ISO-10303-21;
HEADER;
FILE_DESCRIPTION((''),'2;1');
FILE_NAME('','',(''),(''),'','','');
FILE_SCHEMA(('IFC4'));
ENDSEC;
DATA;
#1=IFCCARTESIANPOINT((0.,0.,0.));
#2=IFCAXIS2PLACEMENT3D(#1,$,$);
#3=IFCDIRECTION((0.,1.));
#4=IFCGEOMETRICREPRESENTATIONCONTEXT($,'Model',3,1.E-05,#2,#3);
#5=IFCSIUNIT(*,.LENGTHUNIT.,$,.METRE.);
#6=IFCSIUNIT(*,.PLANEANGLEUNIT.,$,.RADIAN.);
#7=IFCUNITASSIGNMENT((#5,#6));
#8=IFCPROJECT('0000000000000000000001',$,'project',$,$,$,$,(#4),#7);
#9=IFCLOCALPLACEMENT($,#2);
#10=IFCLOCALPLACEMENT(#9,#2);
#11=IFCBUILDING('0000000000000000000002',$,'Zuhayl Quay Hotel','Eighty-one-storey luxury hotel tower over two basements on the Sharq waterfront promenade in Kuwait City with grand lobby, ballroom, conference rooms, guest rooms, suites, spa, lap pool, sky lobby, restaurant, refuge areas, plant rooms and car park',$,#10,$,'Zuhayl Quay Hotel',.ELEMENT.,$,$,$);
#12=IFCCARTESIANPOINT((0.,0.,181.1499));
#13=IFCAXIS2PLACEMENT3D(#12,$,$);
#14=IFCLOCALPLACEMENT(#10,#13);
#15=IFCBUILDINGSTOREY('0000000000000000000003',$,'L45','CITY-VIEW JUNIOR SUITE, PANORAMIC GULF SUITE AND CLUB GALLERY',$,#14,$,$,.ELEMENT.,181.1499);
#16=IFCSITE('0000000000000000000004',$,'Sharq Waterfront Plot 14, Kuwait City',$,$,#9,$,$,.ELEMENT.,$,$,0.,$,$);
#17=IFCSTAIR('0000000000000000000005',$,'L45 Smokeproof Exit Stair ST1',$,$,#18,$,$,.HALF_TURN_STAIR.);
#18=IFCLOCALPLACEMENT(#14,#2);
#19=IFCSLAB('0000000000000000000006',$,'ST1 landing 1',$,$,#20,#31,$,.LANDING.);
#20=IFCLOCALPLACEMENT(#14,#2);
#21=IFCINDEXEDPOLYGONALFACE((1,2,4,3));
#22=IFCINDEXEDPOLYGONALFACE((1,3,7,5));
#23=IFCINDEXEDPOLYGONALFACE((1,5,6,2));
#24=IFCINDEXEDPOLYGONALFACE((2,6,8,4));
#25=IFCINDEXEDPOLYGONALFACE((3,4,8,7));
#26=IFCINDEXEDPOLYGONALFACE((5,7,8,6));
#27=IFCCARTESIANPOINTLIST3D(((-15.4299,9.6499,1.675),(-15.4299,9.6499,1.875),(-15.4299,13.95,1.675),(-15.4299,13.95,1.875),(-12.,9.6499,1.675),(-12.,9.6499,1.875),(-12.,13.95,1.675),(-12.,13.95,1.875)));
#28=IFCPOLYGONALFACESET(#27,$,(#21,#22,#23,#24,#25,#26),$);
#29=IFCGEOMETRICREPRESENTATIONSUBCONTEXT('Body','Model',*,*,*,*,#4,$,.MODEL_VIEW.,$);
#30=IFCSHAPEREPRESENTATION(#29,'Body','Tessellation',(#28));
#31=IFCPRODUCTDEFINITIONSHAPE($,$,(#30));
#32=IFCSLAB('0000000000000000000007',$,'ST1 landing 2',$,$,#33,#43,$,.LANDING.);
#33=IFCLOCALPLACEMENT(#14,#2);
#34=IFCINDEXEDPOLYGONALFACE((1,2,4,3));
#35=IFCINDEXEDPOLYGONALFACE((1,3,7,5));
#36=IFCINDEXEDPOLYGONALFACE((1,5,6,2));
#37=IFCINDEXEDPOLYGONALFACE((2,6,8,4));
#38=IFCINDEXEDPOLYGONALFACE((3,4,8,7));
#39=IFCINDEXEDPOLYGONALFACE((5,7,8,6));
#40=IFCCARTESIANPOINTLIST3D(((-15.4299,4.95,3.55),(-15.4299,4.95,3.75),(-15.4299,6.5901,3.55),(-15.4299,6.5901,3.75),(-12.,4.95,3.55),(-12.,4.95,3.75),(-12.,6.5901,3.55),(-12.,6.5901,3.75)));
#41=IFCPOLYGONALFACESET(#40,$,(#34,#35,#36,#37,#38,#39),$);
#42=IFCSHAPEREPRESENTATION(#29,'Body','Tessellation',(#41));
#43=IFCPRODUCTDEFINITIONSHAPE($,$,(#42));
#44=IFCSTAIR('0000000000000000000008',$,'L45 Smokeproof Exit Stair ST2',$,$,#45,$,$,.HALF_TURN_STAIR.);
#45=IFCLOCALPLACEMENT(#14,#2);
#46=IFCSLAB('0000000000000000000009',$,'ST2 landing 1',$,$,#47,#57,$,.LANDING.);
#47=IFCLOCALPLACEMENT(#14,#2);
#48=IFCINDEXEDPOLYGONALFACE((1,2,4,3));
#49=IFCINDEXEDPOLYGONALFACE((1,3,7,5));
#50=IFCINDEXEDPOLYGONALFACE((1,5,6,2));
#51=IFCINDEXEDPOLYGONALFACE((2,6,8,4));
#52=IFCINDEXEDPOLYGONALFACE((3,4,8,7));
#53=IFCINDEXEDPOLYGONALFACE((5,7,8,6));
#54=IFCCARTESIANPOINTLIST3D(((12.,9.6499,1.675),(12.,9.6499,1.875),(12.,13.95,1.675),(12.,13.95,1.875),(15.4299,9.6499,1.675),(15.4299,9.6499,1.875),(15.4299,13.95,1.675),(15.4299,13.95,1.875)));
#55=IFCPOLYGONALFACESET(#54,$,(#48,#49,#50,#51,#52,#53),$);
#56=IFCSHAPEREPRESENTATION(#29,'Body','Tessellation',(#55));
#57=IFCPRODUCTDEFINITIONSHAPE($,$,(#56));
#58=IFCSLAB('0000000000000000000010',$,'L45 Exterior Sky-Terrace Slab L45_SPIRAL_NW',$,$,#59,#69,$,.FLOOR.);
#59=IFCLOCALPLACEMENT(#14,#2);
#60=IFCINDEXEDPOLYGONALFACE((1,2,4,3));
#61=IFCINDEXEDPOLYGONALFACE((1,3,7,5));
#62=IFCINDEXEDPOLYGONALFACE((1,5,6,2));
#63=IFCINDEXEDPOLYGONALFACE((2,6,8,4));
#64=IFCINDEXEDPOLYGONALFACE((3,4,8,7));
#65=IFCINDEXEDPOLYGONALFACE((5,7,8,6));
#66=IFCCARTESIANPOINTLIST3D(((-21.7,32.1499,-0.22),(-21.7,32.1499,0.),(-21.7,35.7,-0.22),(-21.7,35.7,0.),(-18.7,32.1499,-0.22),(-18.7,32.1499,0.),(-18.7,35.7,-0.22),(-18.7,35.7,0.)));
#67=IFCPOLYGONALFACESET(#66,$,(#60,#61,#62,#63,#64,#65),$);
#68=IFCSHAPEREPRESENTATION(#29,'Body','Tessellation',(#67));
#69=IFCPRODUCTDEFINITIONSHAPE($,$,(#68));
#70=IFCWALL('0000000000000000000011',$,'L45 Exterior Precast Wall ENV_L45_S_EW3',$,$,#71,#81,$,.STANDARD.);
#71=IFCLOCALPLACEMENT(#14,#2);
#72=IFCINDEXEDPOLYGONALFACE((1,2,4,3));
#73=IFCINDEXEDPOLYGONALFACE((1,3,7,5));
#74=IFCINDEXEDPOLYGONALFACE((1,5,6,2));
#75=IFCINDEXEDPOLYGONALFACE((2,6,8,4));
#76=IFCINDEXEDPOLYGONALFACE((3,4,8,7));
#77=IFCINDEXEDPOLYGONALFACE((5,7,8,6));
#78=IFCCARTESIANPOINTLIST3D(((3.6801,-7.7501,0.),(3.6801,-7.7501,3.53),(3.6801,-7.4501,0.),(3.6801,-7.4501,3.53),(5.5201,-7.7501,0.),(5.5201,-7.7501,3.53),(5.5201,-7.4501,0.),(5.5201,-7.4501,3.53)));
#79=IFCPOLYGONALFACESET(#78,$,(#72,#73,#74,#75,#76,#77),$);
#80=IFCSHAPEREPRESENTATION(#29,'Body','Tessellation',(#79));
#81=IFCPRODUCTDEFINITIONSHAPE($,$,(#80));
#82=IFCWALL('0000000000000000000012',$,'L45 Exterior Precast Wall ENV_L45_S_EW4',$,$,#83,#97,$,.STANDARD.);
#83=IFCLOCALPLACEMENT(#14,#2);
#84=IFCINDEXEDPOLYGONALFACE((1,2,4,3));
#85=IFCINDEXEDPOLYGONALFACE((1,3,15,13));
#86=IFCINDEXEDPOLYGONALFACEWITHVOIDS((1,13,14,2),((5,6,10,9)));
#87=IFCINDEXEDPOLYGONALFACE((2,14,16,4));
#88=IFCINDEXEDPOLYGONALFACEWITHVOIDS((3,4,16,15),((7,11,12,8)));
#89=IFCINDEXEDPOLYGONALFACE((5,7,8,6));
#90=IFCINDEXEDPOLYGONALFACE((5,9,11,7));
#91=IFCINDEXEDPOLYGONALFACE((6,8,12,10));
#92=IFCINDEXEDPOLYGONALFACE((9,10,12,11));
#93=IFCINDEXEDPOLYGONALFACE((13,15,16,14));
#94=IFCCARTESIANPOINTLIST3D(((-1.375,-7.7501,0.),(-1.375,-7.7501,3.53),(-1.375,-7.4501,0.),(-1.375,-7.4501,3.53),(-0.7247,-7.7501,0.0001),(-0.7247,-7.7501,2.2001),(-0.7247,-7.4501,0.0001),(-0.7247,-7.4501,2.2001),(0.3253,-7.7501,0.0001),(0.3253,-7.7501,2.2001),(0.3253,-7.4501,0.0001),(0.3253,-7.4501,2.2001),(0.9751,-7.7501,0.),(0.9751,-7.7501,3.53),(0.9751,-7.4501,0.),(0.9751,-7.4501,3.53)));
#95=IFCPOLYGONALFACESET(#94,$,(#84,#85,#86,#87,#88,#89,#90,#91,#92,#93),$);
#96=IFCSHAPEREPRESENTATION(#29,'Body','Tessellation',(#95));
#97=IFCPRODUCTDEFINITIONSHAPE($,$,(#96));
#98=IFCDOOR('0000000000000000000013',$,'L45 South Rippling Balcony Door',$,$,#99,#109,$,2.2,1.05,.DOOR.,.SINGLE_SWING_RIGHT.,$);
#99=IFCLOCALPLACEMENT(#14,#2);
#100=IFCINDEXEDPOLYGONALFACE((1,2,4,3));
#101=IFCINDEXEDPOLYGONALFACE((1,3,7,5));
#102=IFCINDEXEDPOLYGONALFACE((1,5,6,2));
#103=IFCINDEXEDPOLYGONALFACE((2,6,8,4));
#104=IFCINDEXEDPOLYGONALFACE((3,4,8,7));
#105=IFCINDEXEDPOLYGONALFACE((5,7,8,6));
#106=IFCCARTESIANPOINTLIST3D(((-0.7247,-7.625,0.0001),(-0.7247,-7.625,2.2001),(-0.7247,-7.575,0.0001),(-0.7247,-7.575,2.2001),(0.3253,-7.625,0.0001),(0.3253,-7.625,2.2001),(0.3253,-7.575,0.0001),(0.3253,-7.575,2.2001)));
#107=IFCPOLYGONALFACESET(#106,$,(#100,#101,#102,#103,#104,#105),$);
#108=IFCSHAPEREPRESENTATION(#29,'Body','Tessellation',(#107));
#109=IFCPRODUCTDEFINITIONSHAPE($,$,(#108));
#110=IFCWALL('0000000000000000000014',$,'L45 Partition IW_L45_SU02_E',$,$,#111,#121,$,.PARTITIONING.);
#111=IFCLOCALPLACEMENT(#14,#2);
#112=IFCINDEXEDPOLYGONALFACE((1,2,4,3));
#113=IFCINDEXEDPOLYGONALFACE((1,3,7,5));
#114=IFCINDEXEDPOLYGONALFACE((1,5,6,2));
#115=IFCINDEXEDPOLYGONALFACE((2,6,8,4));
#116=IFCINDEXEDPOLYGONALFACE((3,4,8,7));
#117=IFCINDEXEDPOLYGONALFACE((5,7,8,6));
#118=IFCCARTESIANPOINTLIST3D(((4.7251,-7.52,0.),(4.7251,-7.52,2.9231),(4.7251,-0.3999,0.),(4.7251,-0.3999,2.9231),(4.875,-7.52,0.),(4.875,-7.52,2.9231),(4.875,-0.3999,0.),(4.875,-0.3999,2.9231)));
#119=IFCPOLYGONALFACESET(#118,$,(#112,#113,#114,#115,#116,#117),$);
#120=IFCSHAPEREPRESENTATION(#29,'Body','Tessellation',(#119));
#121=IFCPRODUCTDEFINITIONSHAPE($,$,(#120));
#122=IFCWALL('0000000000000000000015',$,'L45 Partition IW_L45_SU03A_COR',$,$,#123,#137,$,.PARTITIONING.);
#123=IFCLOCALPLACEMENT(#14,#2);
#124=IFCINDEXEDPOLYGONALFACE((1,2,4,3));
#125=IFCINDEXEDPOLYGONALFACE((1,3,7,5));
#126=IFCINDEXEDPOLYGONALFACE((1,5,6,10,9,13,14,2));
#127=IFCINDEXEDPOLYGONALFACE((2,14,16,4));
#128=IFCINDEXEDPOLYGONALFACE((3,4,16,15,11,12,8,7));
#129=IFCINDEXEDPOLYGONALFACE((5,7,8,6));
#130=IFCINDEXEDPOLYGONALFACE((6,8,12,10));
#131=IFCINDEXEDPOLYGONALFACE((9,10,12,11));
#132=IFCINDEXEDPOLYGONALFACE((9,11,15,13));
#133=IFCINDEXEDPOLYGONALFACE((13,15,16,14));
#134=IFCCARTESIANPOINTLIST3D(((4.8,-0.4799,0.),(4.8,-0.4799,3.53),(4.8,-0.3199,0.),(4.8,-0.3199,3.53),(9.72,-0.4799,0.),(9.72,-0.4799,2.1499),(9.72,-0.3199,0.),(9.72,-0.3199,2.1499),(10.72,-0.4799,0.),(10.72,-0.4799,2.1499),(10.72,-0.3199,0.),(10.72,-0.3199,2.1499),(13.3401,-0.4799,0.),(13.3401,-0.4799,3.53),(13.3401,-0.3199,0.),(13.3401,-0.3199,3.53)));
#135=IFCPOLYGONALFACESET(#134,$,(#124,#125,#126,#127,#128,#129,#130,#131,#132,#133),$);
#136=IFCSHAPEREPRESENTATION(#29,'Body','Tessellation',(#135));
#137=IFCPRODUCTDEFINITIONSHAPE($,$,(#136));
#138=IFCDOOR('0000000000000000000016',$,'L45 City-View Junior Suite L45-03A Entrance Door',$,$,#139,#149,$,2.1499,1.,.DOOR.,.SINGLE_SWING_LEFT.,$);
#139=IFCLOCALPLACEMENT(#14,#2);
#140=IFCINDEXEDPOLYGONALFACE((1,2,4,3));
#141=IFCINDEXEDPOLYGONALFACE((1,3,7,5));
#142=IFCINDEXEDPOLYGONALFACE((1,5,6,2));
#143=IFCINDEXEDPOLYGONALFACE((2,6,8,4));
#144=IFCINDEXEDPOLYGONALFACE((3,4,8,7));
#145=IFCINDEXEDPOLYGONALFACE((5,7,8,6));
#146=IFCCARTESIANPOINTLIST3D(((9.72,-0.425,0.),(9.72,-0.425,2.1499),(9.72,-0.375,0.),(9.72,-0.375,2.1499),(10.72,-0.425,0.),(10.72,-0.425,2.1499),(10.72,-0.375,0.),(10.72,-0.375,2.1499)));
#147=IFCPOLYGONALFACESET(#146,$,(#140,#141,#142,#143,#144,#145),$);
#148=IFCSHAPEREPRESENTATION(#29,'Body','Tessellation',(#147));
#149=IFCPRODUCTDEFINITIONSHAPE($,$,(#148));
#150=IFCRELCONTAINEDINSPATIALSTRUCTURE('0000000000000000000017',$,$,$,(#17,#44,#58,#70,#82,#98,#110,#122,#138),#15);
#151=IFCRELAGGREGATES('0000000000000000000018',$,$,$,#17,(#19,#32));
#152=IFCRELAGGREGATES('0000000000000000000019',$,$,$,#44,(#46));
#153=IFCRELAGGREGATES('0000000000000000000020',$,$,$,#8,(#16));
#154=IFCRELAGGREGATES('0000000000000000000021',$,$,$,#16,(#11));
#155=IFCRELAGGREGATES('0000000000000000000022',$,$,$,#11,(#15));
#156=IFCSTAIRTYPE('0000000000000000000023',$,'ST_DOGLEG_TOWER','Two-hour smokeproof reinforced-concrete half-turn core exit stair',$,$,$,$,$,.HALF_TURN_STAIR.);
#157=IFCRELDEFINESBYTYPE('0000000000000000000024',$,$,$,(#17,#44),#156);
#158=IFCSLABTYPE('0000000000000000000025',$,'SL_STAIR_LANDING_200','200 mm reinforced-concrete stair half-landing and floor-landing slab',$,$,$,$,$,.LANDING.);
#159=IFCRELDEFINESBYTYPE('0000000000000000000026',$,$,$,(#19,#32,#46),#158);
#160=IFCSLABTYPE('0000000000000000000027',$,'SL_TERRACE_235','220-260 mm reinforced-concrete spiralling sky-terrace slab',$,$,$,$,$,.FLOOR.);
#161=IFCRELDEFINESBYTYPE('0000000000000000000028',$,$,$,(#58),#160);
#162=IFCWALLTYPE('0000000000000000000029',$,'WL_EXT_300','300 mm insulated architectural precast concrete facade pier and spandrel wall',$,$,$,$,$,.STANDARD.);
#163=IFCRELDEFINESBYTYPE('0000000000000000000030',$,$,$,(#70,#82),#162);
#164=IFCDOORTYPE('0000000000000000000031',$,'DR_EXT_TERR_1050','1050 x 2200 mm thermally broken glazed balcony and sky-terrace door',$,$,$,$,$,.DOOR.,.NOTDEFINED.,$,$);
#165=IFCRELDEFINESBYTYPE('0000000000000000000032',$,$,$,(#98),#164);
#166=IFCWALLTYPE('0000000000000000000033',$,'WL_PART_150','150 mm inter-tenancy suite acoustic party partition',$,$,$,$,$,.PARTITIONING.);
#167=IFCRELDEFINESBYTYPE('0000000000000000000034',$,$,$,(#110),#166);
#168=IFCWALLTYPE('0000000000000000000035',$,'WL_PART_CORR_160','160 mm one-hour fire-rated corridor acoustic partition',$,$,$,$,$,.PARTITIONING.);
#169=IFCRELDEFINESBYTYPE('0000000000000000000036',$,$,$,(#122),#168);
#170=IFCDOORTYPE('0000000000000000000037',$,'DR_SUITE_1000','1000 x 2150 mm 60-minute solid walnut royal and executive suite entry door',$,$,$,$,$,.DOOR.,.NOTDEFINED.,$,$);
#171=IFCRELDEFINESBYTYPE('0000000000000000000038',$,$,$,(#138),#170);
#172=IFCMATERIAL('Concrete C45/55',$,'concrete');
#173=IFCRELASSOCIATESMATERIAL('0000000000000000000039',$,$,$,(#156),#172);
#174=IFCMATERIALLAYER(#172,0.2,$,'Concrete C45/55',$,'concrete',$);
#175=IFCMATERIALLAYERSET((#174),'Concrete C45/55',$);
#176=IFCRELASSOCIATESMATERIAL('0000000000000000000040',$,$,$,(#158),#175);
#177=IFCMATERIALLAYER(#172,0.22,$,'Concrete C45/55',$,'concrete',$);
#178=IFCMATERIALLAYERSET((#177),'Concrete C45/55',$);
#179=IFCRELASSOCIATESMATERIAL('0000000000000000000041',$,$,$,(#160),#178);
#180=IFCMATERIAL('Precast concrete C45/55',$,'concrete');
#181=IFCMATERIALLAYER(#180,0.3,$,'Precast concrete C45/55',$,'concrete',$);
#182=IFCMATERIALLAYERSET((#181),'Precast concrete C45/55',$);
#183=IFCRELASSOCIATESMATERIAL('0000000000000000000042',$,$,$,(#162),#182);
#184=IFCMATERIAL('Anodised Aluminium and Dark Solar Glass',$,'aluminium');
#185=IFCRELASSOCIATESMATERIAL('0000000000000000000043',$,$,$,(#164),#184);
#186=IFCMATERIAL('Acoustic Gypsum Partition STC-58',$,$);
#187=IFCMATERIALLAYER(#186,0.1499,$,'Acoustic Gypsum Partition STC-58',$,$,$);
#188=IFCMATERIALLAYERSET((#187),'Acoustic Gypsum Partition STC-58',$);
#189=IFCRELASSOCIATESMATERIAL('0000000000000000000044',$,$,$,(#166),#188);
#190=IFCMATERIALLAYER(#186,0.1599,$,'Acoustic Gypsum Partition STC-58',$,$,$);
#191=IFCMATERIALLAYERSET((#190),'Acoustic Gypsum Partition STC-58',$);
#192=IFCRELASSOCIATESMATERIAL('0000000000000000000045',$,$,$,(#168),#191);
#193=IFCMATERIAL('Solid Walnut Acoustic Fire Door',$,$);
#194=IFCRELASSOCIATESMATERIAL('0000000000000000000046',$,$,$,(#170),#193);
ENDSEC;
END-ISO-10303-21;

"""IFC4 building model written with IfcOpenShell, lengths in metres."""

from ifc_helpers import new_model, si_unit, direction, frame, frame_2d, origin, place, context, subcontext, project, spatial, polyline, rectangle, outline, extrude, material, layer, layer_set, type_object, element, fill, aggregate, save


model = new_model("IFC4")

# Units and contexts
model_context = context("Model", 3, precision=1e-05, world=origin(), true_north=direction((0.0, 1.0)))
body_context = subcontext(model_context, "Body", "Model", "MODEL_VIEW")
ifc_project = project(units=[si_unit("LENGTHUNIT", "METRE"), si_unit("PLANEANGLEUNIT", "RADIAN")], contexts=[model_context])

# Site, building, storey
site_placement = place(None, origin())
site = spatial("IfcSite", under=ifc_project, at=site_placement, Name="Sharq Waterfront Plot 14, Kuwait City", CompositionType="ELEMENT", RefElevation=0.0)
building_placement = place(site_placement, origin())
building = spatial("IfcBuilding", under=site, at=building_placement, Name="Zuhayl Quay Hotel", Description="Eighty-one-storey luxury hotel tower over two basements on the Sharq waterfront promenade in Kuwait City with grand lobby, ballroom, conference rooms, guest rooms, suites, spa, lap pool, sky lobby, restaurant, refuge areas, plant rooms and car park", LongName="Zuhayl Quay Hotel", CompositionType="ELEMENT")
storey_placement = place(building_placement, frame((0.0, 0.0, 181.1499)))
storey = spatial("IfcBuildingStorey", under=building, at=storey_placement, Name="L45", Description="CITY-VIEW JUNIOR SUITE, PANORAMIC GULF SUITE AND CLUB GALLERY", CompositionType="ELEMENT", Elevation=181.1499)

# Stair, slabs
ifc_material_1 = material(Name="Concrete C45/55", Category="concrete")
stair_type = type_object("IfcStairType", Name="ST_DOGLEG_TOWER", Description="Two-hour smokeproof reinforced-concrete half-turn core exit stair", PredefinedType="HALF_TURN_STAIR", material=ifc_material_1)
stair_1_placement = place(storey_placement, origin())
stair_1 = element("IfcStair", 1, at=stair_1_placement, inside=storey, type_object=stair_type, Name="L45 Smokeproof Exit Stair ST1", PredefinedType="HALF_TURN_STAIR")
ifc_layer_1 = layer(ifc_material_1, 0.2, Name="Concrete C45/55", Category="concrete")
ifc_layer_set_1 = layer_set([ifc_layer_1], Name="Concrete C45/55")
slab_type_1 = type_object("IfcSlabType", Name="SL_STAIR_LANDING_200", Description="200 mm reinforced-concrete stair half-landing and floor-landing slab", PredefinedType="LANDING", material=ifc_layer_set_1)
slab_1_placement = place(storey_placement, frame((0.0, 0.0, 1.675)))
slab_1 = element("IfcSlab", 2, at=slab_1_placement, type_object=slab_type_1, Name="ST1 landing 1", PredefinedType="LANDING", context=body_context, shape_type="SweptSolid", body=[
    extrude(outline(polyline([(-12.0, 9.6499), (-12.0, 13.95), (-15.4299, 13.95), (-15.4299, 9.6499), (-12.0, 9.6499)])), origin(), (0.0, 0.0, 1.0), 0.2),
])
slab_2_placement = place(storey_placement, frame((0.0, 0.0, 3.55)))
slab_2 = element("IfcSlab", 3, at=slab_2_placement, type_object=slab_type_1, Name="ST1 landing 2", PredefinedType="LANDING", context=body_context, shape_type="SweptSolid", body=[
    extrude(outline(polyline([(-12.0, 4.95), (-12.0, 6.5901), (-15.4299, 6.5901), (-15.4299, 4.95), (-12.0, 4.95)])), origin(), (0.0, 0.0, 1.0), 0.2),
])
aggregate(stair_1, [slab_1, slab_2])

# Stair, slab
stair_2_placement = place(storey_placement, origin())
stair_2 = element("IfcStair", 4, at=stair_2_placement, inside=storey, type_object=stair_type, Name="L45 Smokeproof Exit Stair ST2", PredefinedType="HALF_TURN_STAIR")
slab_3_placement = place(storey_placement, frame((0.0, 0.0, 1.675)))
slab_3 = element("IfcSlab", 5, at=slab_3_placement, type_object=slab_type_1, Name="ST2 landing 1", PredefinedType="LANDING", context=body_context, shape_type="SweptSolid", body=[
    extrude(outline(polyline([(15.4299, 9.6499), (15.4299, 13.95), (12.0, 13.95), (12.0, 9.6499), (15.4299, 9.6499)])), origin(), (0.0, 0.0, 1.0), 0.2),
])
aggregate(stair_2, [slab_3])

# Slab
ifc_layer_2 = layer(ifc_material_1, 0.22, Name="Concrete C45/55", Category="concrete")
ifc_layer_set_2 = layer_set([ifc_layer_2], Name="Concrete C45/55")
slab_type_2 = type_object("IfcSlabType", Name="SL_TERRACE_235", Description="220-260 mm reinforced-concrete spiralling sky-terrace slab", PredefinedType="FLOOR", material=ifc_layer_set_2)
slab_4_placement = place(storey_placement, frame((0.0, 0.0, -0.22)))
element("IfcSlab", 6, at=slab_4_placement, inside=storey, type_object=slab_type_2, Name="L45 Exterior Sky-Terrace Slab L45_SPIRAL_NW", PredefinedType="FLOOR", context=body_context, shape_type="SweptSolid", body=[
    extrude(outline(polyline([(-21.7, 32.1499), (-18.7, 32.1499), (-18.7, 35.7), (-21.7, 35.7), (-21.7, 32.1499)])), origin(), (0.0, 0.0, 1.0), 0.22),
])

# Wall
ifc_material_2 = material(Name="Precast concrete C45/55", Category="concrete")
ifc_layer_3 = layer(ifc_material_2, 0.3, Name="Precast concrete C45/55", Category="concrete")
ifc_layer_set_3 = layer_set([ifc_layer_3], Name="Precast concrete C45/55")
wall_type_1 = type_object("IfcWallType", Name="WL_EXT_300", Description="300 mm insulated architectural precast concrete facade pier and spandrel wall", PredefinedType="STANDARD", material=ifc_layer_set_3)
wall_1_placement = place(storey_placement, frame((5.52, -7.6001, 0.0), z_axis=(0.0, 0.0, 1.0), x_axis=(-1.0, 0.0, 0.0)))
element("IfcWall", 7, at=wall_1_placement, inside=storey, type_object=wall_type_1, Name="L45 Exterior Precast Wall ENV_L45_S_EW3", PredefinedType="STANDARD", context=body_context, shape_type="SweptSolid", body=[
    extrude(rectangle(XDim=1.8401, YDim=0.3, at=frame_2d((0.9199, 0.0))), origin(), (0.0, 0.0, 1.0), 3.53),
])

# Wall, opening, door
wall_2_placement = place(storey_placement, frame((0.9751, -7.6001, 0.0), z_axis=(0.0, 0.0, 1.0), x_axis=(-1.0, 0.0, 0.0)))
wall_2 = element("IfcWall", 8, at=wall_2_placement, inside=storey, type_object=wall_type_1, Name="L45 Exterior Precast Wall ENV_L45_S_EW4", PredefinedType="STANDARD", context=body_context, shape_type="SweptSolid", body=[
    extrude(rectangle(XDim=2.3501, YDim=0.3, at=frame_2d((1.175, 0.0))), origin(), (0.0, 0.0, 1.0), 3.53),
])
opening_1_placement = place(wall_2_placement, frame((0.6499, 0.0, 0.0)))
opening_1 = element("IfcOpeningElement", 9, at=opening_1_placement, cuts=wall_2, PredefinedType="OPENING", context=body_context, shape_type="SweptSolid", body=[
    extrude(rectangle(XDim=1.05, YDim=2.2, at=frame_2d((0.5249, 1.1001))), frame((0.0, 0.1599, 0.0), z_axis=(0.0, -1.0, 0.0), x_axis=(1.0, 0.0, 0.0)), (0.0, 0.0, 1.0), 0.3201),
])
ifc_material_3 = material(Name="Anodised Aluminium and Dark Solar Glass", Category="aluminium")
door_type_1 = type_object("IfcDoorType", Name="DR_EXT_TERR_1050", Description="1050 x 2200 mm thermally broken glazed balcony and sky-terrace door", OperationType="NOTDEFINED", PredefinedType="DOOR", material=ifc_material_3)
door_1_placement = place(opening_1_placement, origin())
door_1 = element("IfcDoor", 10, at=door_1_placement, inside=storey, type_object=door_type_1, Name="L45 South Rippling Balcony Door", OperationType="SINGLE_SWING_RIGHT", OverallHeight=2.2, OverallWidth=1.05, PredefinedType="DOOR", context=body_context, shape_type="SweptSolid", body=[
    extrude(rectangle(XDim=1.05, YDim=2.2, at=frame_2d((0.5249, 1.1001))), frame((0.0, 0.0249, 0.0), z_axis=(0.0, -1.0, 0.0), x_axis=(1.0, 0.0, 0.0)), (0.0, 0.0, 1.0), 0.05),
])
fill(opening_1, door_1)

# Wall
ifc_material_4 = material(Name="Acoustic Gypsum Partition STC-58")
ifc_layer_4 = layer(ifc_material_4, 0.1499, Name="Acoustic Gypsum Partition STC-58")
ifc_layer_set_4 = layer_set([ifc_layer_4], Name="Acoustic Gypsum Partition STC-58")
wall_type_2 = type_object("IfcWallType", Name="WL_PART_150", Description="150 mm inter-tenancy suite acoustic party partition", PredefinedType="PARTITIONING", material=ifc_layer_set_4)
wall_3_placement = place(storey_placement, frame((4.8, -7.52, 0.0), z_axis=(0.0, 0.0, 1.0), x_axis=(0.0, 1.0, 0.0)))
element("IfcWall", 11, at=wall_3_placement, inside=storey, type_object=wall_type_2, Name="L45 Partition IW_L45_SU02_E", PredefinedType="PARTITIONING", context=body_context, shape_type="SweptSolid", body=[
    extrude(rectangle(XDim=7.1201, YDim=0.1499, at=frame_2d((3.5601, 0.0))), origin(), (0.0, 0.0, 1.0), 2.9231),
])

# Wall, opening, door
ifc_layer_5 = layer(ifc_material_4, 0.1599, Name="Acoustic Gypsum Partition STC-58")
ifc_layer_set_5 = layer_set([ifc_layer_5], Name="Acoustic Gypsum Partition STC-58")
wall_type_3 = type_object("IfcWallType", Name="WL_PART_CORR_160", Description="160 mm one-hour fire-rated corridor acoustic partition", PredefinedType="PARTITIONING", material=ifc_layer_set_5)
wall_4_placement = place(storey_placement, frame((4.8, -0.3999, 0.0), z_axis=(0.0, 0.0, 1.0), x_axis=(1.0, 0.0, 0.0)))
wall_4 = element("IfcWall", 12, at=wall_4_placement, inside=storey, type_object=wall_type_3, Name="L45 Partition IW_L45_SU03A_COR", PredefinedType="PARTITIONING", context=body_context, shape_type="SweptSolid", body=[
    extrude(rectangle(XDim=8.54, YDim=0.1599, at=frame_2d((4.27, 0.0))), origin(), (0.0, 0.0, 1.0), 3.53),
])
opening_2_placement = place(wall_4_placement, frame((4.9199, 0.0, 0.0)))
opening_2 = element("IfcOpeningElement", 13, at=opening_2_placement, cuts=wall_4, PredefinedType="OPENING", context=body_context, shape_type="SweptSolid", body=[
    extrude(rectangle(XDim=1.0, YDim=2.1499, at=frame_2d((0.5, 1.075))), frame((0.0, 0.0898, 0.0), z_axis=(0.0, -1.0, 0.0), x_axis=(1.0, 0.0, 0.0)), (0.0, 0.0, 1.0), 0.1799),
])
ifc_material_5 = material(Name="Solid Walnut Acoustic Fire Door")
door_type_2 = type_object("IfcDoorType", Name="DR_SUITE_1000", Description="1000 x 2150 mm 60-minute solid walnut royal and executive suite entry door", OperationType="NOTDEFINED", PredefinedType="DOOR", material=ifc_material_5)
door_2_placement = place(opening_2_placement, origin())
door_2 = element("IfcDoor", 14, at=door_2_placement, inside=storey, type_object=door_type_2, Name="L45 City-View Junior Suite L45-03A Entrance Door", OperationType="SINGLE_SWING_LEFT", OverallHeight=2.1499, OverallWidth=1.0, PredefinedType="DOOR", context=body_context, shape_type="SweptSolid", body=[
    extrude(rectangle(XDim=1.0, YDim=2.1499, at=frame_2d((0.5, 1.075))), frame((0.0, 0.0249, 0.0), z_axis=(0.0, -1.0, 0.0), x_axis=(1.0, 0.0, 0.0)), (0.0, 0.0, 1.0), 0.05),
])
fill(opening_2, door_2)

save(model, "model.ifc")
